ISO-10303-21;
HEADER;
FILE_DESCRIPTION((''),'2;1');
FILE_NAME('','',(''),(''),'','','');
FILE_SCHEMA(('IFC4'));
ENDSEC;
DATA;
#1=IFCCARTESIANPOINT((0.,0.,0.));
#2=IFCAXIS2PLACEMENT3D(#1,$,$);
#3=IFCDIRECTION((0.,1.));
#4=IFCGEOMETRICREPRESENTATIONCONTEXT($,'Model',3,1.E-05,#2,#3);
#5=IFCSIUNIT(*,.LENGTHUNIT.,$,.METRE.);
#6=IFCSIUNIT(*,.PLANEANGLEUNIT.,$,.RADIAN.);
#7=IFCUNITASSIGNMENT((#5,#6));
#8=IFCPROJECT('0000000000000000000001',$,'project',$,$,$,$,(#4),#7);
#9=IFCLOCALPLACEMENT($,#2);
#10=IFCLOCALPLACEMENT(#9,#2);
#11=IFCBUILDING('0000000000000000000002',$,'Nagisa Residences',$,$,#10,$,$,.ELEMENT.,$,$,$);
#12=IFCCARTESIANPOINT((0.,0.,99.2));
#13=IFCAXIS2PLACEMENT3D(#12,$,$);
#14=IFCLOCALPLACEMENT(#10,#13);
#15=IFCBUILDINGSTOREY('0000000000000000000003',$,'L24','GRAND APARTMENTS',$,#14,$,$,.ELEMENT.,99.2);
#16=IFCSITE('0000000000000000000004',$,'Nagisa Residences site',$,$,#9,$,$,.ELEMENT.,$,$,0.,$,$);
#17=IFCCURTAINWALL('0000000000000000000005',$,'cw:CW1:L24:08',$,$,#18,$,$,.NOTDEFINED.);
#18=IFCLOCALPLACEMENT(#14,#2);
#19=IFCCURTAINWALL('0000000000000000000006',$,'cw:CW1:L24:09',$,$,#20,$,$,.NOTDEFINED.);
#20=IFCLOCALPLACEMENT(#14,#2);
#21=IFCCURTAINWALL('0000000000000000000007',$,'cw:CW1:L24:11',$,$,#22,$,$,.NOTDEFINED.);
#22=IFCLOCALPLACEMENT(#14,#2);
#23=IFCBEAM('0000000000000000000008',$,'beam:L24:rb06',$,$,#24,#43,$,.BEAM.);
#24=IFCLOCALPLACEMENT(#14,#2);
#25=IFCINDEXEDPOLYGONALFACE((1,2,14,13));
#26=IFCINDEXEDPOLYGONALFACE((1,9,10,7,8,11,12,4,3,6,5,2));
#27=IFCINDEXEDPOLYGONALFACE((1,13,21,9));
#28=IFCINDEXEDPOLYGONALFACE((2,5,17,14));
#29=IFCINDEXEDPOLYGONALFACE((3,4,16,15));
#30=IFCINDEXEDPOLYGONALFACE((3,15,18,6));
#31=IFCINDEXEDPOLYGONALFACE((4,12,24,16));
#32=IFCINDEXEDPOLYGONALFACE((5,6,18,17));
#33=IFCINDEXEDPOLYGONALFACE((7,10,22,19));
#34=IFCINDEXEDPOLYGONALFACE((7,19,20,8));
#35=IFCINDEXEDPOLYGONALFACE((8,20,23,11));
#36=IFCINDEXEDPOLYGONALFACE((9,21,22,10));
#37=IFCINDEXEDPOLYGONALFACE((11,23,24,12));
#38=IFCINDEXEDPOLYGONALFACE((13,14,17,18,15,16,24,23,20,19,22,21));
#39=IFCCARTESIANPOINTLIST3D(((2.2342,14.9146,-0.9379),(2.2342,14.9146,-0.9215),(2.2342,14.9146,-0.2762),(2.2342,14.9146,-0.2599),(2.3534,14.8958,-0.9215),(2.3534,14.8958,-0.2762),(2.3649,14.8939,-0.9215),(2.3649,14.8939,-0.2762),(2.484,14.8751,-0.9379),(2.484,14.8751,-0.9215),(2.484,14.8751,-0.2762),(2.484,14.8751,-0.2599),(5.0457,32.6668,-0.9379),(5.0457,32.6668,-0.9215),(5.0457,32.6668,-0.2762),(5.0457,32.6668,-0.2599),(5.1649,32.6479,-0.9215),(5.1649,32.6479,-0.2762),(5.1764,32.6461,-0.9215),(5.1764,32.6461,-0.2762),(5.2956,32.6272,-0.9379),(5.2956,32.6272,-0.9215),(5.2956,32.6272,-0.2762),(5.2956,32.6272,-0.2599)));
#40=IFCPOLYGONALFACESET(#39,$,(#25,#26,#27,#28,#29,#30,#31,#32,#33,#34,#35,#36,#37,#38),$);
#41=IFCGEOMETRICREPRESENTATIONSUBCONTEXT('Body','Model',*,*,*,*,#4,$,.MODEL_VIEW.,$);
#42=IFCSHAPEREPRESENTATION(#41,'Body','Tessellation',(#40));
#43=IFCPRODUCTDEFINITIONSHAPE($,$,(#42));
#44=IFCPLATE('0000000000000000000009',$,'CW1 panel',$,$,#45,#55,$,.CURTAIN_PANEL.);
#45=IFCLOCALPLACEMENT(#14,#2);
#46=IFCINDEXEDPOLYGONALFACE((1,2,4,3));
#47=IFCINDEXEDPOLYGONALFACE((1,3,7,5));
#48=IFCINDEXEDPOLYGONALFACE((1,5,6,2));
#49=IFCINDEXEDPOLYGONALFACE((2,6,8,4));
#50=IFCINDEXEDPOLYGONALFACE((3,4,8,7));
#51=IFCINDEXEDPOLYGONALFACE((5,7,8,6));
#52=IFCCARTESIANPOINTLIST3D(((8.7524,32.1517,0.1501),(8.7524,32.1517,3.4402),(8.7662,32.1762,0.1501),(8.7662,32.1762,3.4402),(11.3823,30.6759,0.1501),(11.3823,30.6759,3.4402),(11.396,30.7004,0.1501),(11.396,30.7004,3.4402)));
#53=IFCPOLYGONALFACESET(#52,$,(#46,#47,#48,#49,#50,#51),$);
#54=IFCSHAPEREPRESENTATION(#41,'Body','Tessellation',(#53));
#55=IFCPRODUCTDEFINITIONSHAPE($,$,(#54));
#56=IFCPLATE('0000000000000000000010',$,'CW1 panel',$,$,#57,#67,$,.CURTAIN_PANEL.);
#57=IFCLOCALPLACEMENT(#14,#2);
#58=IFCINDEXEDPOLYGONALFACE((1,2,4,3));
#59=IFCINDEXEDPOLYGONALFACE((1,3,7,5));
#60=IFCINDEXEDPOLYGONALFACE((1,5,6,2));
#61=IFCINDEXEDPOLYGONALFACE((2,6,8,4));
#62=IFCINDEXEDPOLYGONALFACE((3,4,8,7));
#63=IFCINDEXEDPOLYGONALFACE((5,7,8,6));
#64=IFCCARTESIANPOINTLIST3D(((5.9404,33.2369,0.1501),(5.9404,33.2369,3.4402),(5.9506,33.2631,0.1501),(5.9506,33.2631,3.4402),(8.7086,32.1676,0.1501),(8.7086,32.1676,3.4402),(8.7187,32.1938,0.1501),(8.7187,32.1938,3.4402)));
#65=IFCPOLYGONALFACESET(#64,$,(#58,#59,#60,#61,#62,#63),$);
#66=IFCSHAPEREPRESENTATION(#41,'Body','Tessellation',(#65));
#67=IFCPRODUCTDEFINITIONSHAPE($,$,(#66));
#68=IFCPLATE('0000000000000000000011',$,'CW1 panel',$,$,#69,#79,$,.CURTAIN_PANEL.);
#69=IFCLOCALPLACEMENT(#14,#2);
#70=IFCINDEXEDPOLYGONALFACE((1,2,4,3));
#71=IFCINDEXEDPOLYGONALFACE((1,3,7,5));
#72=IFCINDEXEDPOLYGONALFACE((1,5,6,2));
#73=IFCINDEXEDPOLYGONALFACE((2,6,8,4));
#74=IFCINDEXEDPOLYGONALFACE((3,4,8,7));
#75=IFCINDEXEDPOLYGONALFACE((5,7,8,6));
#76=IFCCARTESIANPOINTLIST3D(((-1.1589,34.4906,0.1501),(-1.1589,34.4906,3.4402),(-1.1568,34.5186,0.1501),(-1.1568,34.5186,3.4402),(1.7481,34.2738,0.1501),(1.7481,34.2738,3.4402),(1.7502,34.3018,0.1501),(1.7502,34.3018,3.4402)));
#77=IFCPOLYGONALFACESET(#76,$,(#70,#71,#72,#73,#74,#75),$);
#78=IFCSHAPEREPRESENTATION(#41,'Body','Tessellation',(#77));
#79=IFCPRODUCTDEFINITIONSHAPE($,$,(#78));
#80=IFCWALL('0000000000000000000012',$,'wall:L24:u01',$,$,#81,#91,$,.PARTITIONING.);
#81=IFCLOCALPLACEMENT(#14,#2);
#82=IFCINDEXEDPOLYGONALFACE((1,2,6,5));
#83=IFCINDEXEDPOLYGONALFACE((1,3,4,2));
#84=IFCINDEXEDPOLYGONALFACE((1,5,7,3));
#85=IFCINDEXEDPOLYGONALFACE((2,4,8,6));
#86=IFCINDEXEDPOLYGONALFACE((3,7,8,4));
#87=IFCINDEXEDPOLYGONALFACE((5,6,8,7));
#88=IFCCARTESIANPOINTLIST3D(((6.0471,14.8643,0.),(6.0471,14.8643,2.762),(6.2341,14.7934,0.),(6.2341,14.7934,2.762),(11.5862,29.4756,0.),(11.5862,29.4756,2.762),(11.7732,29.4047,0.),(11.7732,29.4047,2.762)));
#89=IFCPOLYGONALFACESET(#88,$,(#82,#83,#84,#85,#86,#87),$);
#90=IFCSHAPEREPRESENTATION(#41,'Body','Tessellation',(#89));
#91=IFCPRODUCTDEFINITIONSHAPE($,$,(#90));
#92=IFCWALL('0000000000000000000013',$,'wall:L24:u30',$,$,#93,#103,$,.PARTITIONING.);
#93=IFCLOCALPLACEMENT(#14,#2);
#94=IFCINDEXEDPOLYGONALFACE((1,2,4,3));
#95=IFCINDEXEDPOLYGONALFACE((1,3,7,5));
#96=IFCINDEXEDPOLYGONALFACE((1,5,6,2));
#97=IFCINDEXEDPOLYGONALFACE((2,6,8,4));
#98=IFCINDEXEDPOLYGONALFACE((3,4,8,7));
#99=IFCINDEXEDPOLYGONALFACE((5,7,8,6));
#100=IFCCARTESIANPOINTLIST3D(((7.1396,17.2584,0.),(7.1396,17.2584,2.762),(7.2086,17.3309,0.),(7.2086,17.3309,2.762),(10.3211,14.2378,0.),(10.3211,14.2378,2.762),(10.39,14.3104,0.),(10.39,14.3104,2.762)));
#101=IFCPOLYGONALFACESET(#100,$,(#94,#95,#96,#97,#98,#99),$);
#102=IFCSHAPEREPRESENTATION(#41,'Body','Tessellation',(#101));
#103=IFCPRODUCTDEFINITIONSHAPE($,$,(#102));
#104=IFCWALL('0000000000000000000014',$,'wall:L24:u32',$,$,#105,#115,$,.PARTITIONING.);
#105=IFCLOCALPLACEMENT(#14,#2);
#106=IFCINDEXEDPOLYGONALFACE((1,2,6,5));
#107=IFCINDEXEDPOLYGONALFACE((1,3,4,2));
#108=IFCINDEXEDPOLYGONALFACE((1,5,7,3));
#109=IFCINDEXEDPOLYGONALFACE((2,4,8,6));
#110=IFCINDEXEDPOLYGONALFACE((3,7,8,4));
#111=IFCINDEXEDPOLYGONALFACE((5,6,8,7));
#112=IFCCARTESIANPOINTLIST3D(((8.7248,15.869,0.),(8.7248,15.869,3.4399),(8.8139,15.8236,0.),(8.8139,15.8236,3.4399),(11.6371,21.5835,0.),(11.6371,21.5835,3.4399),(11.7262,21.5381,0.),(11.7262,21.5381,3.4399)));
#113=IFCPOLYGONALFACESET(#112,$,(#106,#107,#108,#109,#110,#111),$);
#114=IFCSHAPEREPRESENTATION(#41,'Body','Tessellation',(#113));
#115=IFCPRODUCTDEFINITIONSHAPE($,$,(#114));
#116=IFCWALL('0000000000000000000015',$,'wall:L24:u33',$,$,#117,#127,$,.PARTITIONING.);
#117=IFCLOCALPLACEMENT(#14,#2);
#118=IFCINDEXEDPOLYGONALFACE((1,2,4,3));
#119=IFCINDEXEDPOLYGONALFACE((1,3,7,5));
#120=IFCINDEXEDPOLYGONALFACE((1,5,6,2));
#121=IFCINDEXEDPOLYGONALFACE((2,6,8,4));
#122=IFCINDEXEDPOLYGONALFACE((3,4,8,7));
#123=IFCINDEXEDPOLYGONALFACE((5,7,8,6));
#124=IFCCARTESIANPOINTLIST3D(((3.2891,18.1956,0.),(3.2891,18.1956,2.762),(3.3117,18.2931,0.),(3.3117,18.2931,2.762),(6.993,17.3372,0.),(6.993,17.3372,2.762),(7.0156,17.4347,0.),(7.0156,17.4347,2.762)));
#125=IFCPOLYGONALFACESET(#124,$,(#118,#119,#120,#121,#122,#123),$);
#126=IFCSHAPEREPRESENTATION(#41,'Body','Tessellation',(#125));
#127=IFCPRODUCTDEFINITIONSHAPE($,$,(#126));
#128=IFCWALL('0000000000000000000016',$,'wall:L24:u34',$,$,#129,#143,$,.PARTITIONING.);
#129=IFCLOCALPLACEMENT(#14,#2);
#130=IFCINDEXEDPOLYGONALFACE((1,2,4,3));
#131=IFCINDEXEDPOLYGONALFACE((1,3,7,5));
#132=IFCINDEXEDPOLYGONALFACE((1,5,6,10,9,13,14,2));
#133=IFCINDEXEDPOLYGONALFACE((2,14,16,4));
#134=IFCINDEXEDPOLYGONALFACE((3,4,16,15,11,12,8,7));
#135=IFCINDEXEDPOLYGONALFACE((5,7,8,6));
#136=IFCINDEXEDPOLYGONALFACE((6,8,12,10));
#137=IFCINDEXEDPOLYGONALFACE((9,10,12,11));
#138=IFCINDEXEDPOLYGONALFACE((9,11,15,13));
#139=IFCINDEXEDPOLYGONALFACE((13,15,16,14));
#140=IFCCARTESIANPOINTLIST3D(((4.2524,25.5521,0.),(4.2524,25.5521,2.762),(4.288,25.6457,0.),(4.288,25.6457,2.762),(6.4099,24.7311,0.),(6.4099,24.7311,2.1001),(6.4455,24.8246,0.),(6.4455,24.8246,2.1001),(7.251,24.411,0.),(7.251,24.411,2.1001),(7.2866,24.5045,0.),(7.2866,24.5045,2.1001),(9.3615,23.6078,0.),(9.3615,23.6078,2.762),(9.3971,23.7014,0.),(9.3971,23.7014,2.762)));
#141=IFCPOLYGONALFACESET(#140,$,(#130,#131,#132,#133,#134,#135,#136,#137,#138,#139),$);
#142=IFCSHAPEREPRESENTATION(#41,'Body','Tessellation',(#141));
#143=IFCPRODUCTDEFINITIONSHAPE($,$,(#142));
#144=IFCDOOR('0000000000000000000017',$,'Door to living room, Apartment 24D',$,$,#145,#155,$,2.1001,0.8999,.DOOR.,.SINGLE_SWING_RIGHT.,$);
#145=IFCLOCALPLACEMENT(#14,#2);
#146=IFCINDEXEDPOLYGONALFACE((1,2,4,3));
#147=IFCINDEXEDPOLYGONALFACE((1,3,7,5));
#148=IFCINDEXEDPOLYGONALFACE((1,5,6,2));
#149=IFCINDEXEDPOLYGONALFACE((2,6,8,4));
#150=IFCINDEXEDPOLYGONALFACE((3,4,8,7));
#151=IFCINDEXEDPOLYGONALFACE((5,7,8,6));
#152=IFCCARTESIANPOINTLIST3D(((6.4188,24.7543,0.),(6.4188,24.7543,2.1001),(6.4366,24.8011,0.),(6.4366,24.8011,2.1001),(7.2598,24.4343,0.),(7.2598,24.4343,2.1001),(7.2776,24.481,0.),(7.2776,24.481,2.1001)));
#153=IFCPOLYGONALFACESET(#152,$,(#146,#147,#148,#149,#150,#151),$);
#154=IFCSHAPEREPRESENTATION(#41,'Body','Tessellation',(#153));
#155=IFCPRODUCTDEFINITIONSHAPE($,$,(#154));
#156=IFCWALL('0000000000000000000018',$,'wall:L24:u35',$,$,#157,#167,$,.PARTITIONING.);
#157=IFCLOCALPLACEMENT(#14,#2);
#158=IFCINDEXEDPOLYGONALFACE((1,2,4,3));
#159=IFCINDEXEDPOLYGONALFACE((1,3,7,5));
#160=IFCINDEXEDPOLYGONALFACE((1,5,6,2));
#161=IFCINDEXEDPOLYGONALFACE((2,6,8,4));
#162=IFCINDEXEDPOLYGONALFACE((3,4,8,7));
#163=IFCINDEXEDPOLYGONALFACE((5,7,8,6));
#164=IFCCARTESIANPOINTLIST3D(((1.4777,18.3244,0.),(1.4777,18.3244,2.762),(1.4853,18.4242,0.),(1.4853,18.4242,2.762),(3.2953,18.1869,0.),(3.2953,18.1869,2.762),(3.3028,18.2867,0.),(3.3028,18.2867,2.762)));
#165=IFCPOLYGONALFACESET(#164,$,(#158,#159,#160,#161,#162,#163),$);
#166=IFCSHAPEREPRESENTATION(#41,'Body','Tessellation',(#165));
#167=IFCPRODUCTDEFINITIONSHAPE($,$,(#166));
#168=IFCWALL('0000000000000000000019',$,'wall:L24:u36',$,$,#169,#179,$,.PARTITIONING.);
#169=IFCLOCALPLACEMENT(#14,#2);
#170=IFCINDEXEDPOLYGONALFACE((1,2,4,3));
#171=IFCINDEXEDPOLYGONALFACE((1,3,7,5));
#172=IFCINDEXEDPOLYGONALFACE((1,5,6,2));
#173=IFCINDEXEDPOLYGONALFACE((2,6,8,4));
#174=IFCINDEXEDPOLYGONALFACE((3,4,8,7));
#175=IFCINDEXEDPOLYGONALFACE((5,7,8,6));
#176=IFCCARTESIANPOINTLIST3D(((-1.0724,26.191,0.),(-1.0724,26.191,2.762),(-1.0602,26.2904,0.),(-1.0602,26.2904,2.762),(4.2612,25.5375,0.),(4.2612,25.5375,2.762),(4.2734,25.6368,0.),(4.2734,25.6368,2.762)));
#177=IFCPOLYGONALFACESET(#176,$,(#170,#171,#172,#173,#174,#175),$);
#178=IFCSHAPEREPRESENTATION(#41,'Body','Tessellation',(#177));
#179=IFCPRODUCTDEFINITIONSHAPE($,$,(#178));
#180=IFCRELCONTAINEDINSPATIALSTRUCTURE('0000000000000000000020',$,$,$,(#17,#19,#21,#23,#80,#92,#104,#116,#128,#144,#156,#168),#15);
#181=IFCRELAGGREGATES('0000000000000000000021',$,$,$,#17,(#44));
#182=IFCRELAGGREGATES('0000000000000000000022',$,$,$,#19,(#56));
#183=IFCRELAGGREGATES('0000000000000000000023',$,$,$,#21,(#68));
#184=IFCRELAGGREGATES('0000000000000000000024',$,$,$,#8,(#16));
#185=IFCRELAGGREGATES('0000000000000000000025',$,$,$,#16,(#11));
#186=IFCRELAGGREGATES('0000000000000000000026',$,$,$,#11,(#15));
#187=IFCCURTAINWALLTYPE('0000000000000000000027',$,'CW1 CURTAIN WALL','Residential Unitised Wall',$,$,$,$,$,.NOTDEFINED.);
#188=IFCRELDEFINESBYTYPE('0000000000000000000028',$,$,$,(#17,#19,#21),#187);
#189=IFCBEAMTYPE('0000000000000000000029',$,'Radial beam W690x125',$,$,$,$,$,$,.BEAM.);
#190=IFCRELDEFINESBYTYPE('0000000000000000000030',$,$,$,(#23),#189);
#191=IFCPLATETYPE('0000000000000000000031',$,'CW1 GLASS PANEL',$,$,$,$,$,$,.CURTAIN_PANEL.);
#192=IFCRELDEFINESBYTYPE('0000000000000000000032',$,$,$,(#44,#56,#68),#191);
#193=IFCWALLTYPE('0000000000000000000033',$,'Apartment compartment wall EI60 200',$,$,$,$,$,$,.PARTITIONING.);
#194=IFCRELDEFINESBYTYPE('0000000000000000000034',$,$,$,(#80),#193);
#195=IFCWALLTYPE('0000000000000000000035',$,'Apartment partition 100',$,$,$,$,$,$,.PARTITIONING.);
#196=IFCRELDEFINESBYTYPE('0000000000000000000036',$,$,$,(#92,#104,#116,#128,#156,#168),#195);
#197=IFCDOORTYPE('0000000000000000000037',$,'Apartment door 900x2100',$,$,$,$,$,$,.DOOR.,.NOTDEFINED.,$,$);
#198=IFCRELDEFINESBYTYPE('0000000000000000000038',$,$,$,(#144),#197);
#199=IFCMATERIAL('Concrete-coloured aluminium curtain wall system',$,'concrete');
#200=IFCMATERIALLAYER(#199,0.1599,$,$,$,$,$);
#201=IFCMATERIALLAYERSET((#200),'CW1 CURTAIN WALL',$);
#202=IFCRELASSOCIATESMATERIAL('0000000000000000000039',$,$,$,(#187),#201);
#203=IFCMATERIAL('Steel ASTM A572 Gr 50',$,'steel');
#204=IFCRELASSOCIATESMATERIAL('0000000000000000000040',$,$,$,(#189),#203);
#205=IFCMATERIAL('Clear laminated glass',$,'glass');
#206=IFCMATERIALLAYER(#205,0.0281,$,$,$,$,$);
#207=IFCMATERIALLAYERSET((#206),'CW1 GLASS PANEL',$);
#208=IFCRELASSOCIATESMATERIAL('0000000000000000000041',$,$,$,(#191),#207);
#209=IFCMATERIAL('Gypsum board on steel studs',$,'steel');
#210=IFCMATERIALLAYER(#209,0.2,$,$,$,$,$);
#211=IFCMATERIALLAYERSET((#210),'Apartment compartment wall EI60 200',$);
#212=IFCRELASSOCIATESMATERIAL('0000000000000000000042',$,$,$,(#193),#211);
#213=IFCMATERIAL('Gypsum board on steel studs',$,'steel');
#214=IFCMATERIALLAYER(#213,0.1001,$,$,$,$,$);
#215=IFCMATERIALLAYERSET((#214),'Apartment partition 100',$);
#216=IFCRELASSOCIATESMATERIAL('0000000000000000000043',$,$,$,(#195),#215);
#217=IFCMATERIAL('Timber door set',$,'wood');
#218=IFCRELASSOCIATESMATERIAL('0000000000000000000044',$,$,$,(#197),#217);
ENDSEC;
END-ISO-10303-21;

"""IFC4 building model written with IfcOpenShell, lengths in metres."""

from ifc_helpers import new_model, si_unit, direction, frame, frame_2d, origin, origin_2d, place, context, subcontext, project, spatial, rectangle, i_section, extrude, material, layer, layer_set, material_profile, profile_set, type_object, element, fill, aggregate, save


model = new_model("IFC4")

# Units and contexts
model_context = context("Model", 3, precision=1e-05, world=origin(), true_north=direction((0.0, 1.0)))
body_context = subcontext(model_context, "Body", "Model", "MODEL_VIEW")
ifc_project = project(units=[si_unit("LENGTHUNIT", "METRE"), si_unit("PLANEANGLEUNIT", "RADIAN")], contexts=[model_context])

# Site, building, storey
site_placement = place(None, origin())
site = spatial("IfcSite", under=ifc_project, at=site_placement, Name="Nagisa Residences site", CompositionType="ELEMENT", RefElevation=0.0)
building_placement = place(site_placement, origin())
building = spatial("IfcBuilding", under=site, at=building_placement, Name="Nagisa Residences", CompositionType="ELEMENT")
storey_placement = place(building_placement, frame((0.0, 0.0, 99.2)))
storey = spatial("IfcBuildingStorey", under=building, at=storey_placement, Name="L24", Description="GRAND APARTMENTS", CompositionType="ELEMENT", Elevation=99.2)

# Curtain walls
ifc_material_1 = material(Name="Concrete-coloured aluminium curtain wall system", Category="concrete")
ifc_layer_1 = layer(ifc_material_1, 0.1599)
ifc_layer_set_1 = layer_set([ifc_layer_1], Name="CW1 CURTAIN WALL")
curtain_wall_type = type_object("IfcCurtainWallType", Name="CW1 CURTAIN WALL", Description="Residential Unitised Wall", PredefinedType="NOTDEFINED", material=ifc_layer_set_1)
curtain_wall_1_placement = place(storey_placement, origin())
curtain_wall_1 = element("IfcCurtainWall", 1, at=curtain_wall_1_placement, inside=storey, type_object=curtain_wall_type, Name="cw:CW1:L24:08", PredefinedType="NOTDEFINED")
curtain_wall_2_placement = place(storey_placement, origin())
curtain_wall_2 = element("IfcCurtainWall", 2, at=curtain_wall_2_placement, inside=storey, type_object=curtain_wall_type, Name="cw:CW1:L24:09", PredefinedType="NOTDEFINED")
curtain_wall_3_placement = place(storey_placement, origin())
curtain_wall_3 = element("IfcCurtainWall", 3, at=curtain_wall_3_placement, inside=storey, type_object=curtain_wall_type, Name="cw:CW1:L24:11", PredefinedType="NOTDEFINED")

# Beam
ifc_material_2 = material(Name="Steel ASTM A572 Gr 50", Category="steel")
ifc_material_profile_1 = material_profile(ifc_material_2, i_section(OverallWidth=0.2529, OverallDepth=0.678, WebThickness=0.0117, FlangeThickness=0.0164, at=origin_2d()), Name="W690x125")
ifc_profile_set_1 = profile_set([ifc_material_profile_1], Name="Steel ASTM A572 Gr 50")
beam_type_1 = type_object("IfcBeamType", Name="Radial beam W690x125", PredefinedType="BEAM", material=ifc_profile_set_1)
beam_1_placement = place(storey_placement, frame((5.1707, 32.647, -0.5989), z_axis=(-0.156426, -0.98769, 0.0), x_axis=(0.98769, -0.156426, 0.0)))
element("IfcBeam", 4, at=beam_1_placement, inside=storey, type_object=beam_type_1, Name="beam:L24:rb06", PredefinedType="BEAM", context=body_context, shape_type="SweptSolid", body=[
    extrude(i_section(OverallWidth=0.2529, OverallDepth=0.678, WebThickness=0.0117, FlangeThickness=0.0164, at=origin_2d()), origin(), (0.0, 0.0, 1.0), 17.9734),
])

# Plates
ifc_material_3 = material(Name="Clear laminated glass", Category="glass")
ifc_layer_2 = layer(ifc_material_3, 0.0281)
ifc_layer_set_2 = layer_set([ifc_layer_2], Name="CW1 GLASS PANEL")
plate_type = type_object("IfcPlateType", Name="CW1 GLASS PANEL", PredefinedType="CURTAIN_PANEL", material=ifc_layer_set_2)
plate_1_placement = place(storey_placement, frame((10.0742, 31.426, 0.1501), z_axis=(0.0, 0.0, 1.0), x_axis=(-0.872072, 0.489377, 0.0)))
plate_1 = element("IfcPlate", 5, at=plate_1_placement, type_object=plate_type, Name="CW1 panel", PredefinedType="CURTAIN_PANEL", context=body_context, shape_type="SweptSolid", body=[
    extrude(rectangle(XDim=3.0156, YDim=0.0281, at=origin_2d()), origin(), (0.0, 0.0, 1.0), 3.29),
])
aggregate(curtain_wall_1, [plate_1])
plate_2_placement = place(storey_placement, frame((7.3296, 32.7153, 0.1501), z_axis=(0.0, 0.0, 1.0), x_axis=(-0.932826, 0.360328, 0.0)))
plate_2 = element("IfcPlate", 6, at=plate_2_placement, type_object=plate_type, Name="CW1 panel", PredefinedType="CURTAIN_PANEL", context=body_context, shape_type="SweptSolid", body=[
    extrude(rectangle(XDim=2.9675, YDim=0.0281, at=origin_2d()), origin(), (0.0, 0.0, 1.0), 3.29),
])
aggregate(curtain_wall_2, [plate_2])
plate_3_placement = place(storey_placement, frame((0.2957, 34.3962, 0.1501), z_axis=(0.0, 0.0, 1.0), x_axis=(-0.99723, 0.074377, 0.0)))
plate_3 = element("IfcPlate", 7, at=plate_3_placement, type_object=plate_type, Name="CW1 panel", PredefinedType="CURTAIN_PANEL", context=body_context, shape_type="SweptSolid", body=[
    extrude(rectangle(XDim=2.915, YDim=0.0281, at=origin_2d()), origin(), (0.0, 0.0, 1.0), 3.29),
])
aggregate(curtain_wall_3, [plate_3])

# Walls
ifc_material_4 = material(Name="Gypsum board on steel studs", Category="steel")
ifc_layer_3 = layer(ifc_material_4, 0.2)
ifc_layer_set_3 = layer_set([ifc_layer_3], Name="Apartment compartment wall EI60 200")
wall_type_1 = type_object("IfcWallType", Name="Apartment compartment wall EI60 200", PredefinedType="PARTITIONING", material=ifc_layer_set_3)
wall_1_placement = place(storey_placement, frame((6.1406, 14.8289, 0.0), z_axis=(0.0, 0.0, 1.0), x_axis=(0.354477, 0.935065, 0.0)))
element("IfcWall", 8, at=wall_1_placement, inside=storey, type_object=wall_type_1, Name="wall:L24:u01", PredefinedType="PARTITIONING", context=body_context, shape_type="SweptSolid", body=[
    extrude(rectangle(XDim=15.626, YDim=0.2, at=frame_2d((7.813, 0.0))), origin(), (0.0, 0.0, 1.0), 2.762),
])
ifc_material_5 = material(Name="Gypsum board on steel studs", Category="steel")
ifc_layer_4 = layer(ifc_material_5, 0.1001)
ifc_layer_set_4 = layer_set([ifc_layer_4], Name="Apartment partition 100")
wall_type_2 = type_object("IfcWallType", Name="Apartment partition 100", PredefinedType="PARTITIONING", material=ifc_layer_set_4)
wall_2_placement = place(storey_placement, frame((10.3555, 14.2742, 0.0), z_axis=(0.0, 0.0, 1.0), x_axis=(-0.725206, 0.688532, 0.0)))
element("IfcWall", 9, at=wall_2_placement, inside=storey, type_object=wall_type_2, Name="wall:L24:u30", PredefinedType="PARTITIONING", context=body_context, shape_type="SweptSolid", body=[
    extrude(rectangle(XDim=4.387, YDim=0.1001, at=frame_2d((2.1934, 0.0))), origin(), (0.0, 0.0, 1.0), 2.762),
])
wall_3_placement = place(storey_placement, frame((8.7693, 15.8462, 0.0), z_axis=(0.0, 0.0, 1.0), x_axis=(0.454067, 0.890967, 0.0)))
element("IfcWall", 10, at=wall_3_placement, inside=storey, type_object=wall_type_2, Name="wall:L24:u32", PredefinedType="PARTITIONING", context=body_context, shape_type="SweptSolid", body=[
    extrude(rectangle(XDim=6.4138, YDim=0.1001, at=frame_2d((3.207, 0.0))), origin(), (0.0, 0.0, 1.0), 3.4399),
])
wall_4_placement = place(storey_placement, frame((7.0042, 17.386, 0.0), z_axis=(0.0, 0.0, 1.0), x_axis=(-0.97418, 0.225774, 0.0)))
element("IfcWall", 11, at=wall_4_placement, inside=storey, type_object=wall_type_2, Name="wall:L24:u33", PredefinedType="PARTITIONING", context=body_context, shape_type="SweptSolid", body=[
    extrude(rectangle(XDim=3.802, YDim=0.1001, at=frame_2d((1.9009, 0.0))), origin(), (0.0, 0.0, 1.0), 2.762),
])

# Wall, opening, door
wall_5_placement = place(storey_placement, frame((9.3794, 23.6545, 0.0), z_axis=(0.0, 0.0, 1.0), x_axis=(-0.934609, 0.355676, 0.0)))
wall_5 = element("IfcWall", 12, at=wall_5_placement, inside=storey, type_object=wall_type_2, Name="wall:L24:u34", PredefinedType="PARTITIONING", context=body_context, shape_type="SweptSolid", body=[
    extrude(rectangle(XDim=5.4666, YDim=0.1001, at=frame_2d((2.7334, 0.0))), origin(), (0.0, 0.0, 1.0), 2.762),
])
opening_1_placement = place(wall_5_placement, frame((2.2583, 0.0, 0.0)))
opening_1 = element("IfcOpeningElement", 13, at=opening_1_placement, cuts=wall_5, PredefinedType="OPENING", context=body_context, shape_type="SweptSolid", body=[
    extrude(rectangle(XDim=0.8999, YDim=2.1001, at=frame_2d((0.45, 1.05))), frame((0.0, 0.0601, 0.0), z_axis=(0.0, -1.0, 0.0), x_axis=(1.0, 0.0, 0.0)), (0.0, 0.0, 1.0), 0.1201),
])
ifc_material_6 = material(Name="Timber door set", Category="wood")
door_type_1 = type_object("IfcDoorType", Name="Apartment door 900x2100", OperationType="NOTDEFINED", PredefinedType="DOOR", material=ifc_material_6)
door_1_placement = place(opening_1_placement, frame((0.8999, 0.0, 0.0), x_axis=(-1.0, 0.0, 0.0)))
door_1 = element("IfcDoor", 14, at=door_1_placement, inside=storey, type_object=door_type_1, Name="Door to living room, Apartment 24D", OperationType="SINGLE_SWING_RIGHT", OverallHeight=2.1001, OverallWidth=0.8999, PredefinedType="DOOR", context=body_context, shape_type="SweptSolid", body=[
    extrude(rectangle(XDim=0.8999, YDim=2.1001, at=frame_2d((0.45, 1.05))), frame((0.0, 0.0249, 0.0), z_axis=(0.0, -1.0, 0.0), x_axis=(1.0, 0.0, 0.0)), (0.0, 0.0, 1.0), 0.05),
])
fill(opening_1, door_1)

# Walls
wall_6_placement = place(storey_placement, frame((3.2991, 18.2368, 0.0), z_axis=(0.0, 0.0, 1.0), x_axis=(-0.997153, 0.075406, 0.0)))
element("IfcWall", 15, at=wall_6_placement, inside=storey, type_object=wall_type_2, Name="wall:L24:u35", PredefinedType="PARTITIONING", context=body_context, shape_type="SweptSolid", body=[
    extrude(rectangle(XDim=1.8228, YDim=0.1001, at=frame_2d((0.9114, 0.0))), origin(), (0.0, 0.0, 1.0), 2.762),
])
wall_7_placement = place(storey_placement, frame((4.2673, 25.5872, 0.0), z_axis=(0.0, 0.0, 1.0), x_axis=(-0.992576, 0.121624, 0.0)))
element("IfcWall", 16, at=wall_7_placement, inside=storey, type_object=wall_type_2, Name="wall:L24:u36", PredefinedType="PARTITIONING", context=body_context, shape_type="SweptSolid", body=[
    extrude(rectangle(XDim=5.3735, YDim=0.1001, at=frame_2d((2.6868, 0.0))), origin(), (0.0, 0.0, 1.0), 2.762),
])

save(model, "model.ifc")
